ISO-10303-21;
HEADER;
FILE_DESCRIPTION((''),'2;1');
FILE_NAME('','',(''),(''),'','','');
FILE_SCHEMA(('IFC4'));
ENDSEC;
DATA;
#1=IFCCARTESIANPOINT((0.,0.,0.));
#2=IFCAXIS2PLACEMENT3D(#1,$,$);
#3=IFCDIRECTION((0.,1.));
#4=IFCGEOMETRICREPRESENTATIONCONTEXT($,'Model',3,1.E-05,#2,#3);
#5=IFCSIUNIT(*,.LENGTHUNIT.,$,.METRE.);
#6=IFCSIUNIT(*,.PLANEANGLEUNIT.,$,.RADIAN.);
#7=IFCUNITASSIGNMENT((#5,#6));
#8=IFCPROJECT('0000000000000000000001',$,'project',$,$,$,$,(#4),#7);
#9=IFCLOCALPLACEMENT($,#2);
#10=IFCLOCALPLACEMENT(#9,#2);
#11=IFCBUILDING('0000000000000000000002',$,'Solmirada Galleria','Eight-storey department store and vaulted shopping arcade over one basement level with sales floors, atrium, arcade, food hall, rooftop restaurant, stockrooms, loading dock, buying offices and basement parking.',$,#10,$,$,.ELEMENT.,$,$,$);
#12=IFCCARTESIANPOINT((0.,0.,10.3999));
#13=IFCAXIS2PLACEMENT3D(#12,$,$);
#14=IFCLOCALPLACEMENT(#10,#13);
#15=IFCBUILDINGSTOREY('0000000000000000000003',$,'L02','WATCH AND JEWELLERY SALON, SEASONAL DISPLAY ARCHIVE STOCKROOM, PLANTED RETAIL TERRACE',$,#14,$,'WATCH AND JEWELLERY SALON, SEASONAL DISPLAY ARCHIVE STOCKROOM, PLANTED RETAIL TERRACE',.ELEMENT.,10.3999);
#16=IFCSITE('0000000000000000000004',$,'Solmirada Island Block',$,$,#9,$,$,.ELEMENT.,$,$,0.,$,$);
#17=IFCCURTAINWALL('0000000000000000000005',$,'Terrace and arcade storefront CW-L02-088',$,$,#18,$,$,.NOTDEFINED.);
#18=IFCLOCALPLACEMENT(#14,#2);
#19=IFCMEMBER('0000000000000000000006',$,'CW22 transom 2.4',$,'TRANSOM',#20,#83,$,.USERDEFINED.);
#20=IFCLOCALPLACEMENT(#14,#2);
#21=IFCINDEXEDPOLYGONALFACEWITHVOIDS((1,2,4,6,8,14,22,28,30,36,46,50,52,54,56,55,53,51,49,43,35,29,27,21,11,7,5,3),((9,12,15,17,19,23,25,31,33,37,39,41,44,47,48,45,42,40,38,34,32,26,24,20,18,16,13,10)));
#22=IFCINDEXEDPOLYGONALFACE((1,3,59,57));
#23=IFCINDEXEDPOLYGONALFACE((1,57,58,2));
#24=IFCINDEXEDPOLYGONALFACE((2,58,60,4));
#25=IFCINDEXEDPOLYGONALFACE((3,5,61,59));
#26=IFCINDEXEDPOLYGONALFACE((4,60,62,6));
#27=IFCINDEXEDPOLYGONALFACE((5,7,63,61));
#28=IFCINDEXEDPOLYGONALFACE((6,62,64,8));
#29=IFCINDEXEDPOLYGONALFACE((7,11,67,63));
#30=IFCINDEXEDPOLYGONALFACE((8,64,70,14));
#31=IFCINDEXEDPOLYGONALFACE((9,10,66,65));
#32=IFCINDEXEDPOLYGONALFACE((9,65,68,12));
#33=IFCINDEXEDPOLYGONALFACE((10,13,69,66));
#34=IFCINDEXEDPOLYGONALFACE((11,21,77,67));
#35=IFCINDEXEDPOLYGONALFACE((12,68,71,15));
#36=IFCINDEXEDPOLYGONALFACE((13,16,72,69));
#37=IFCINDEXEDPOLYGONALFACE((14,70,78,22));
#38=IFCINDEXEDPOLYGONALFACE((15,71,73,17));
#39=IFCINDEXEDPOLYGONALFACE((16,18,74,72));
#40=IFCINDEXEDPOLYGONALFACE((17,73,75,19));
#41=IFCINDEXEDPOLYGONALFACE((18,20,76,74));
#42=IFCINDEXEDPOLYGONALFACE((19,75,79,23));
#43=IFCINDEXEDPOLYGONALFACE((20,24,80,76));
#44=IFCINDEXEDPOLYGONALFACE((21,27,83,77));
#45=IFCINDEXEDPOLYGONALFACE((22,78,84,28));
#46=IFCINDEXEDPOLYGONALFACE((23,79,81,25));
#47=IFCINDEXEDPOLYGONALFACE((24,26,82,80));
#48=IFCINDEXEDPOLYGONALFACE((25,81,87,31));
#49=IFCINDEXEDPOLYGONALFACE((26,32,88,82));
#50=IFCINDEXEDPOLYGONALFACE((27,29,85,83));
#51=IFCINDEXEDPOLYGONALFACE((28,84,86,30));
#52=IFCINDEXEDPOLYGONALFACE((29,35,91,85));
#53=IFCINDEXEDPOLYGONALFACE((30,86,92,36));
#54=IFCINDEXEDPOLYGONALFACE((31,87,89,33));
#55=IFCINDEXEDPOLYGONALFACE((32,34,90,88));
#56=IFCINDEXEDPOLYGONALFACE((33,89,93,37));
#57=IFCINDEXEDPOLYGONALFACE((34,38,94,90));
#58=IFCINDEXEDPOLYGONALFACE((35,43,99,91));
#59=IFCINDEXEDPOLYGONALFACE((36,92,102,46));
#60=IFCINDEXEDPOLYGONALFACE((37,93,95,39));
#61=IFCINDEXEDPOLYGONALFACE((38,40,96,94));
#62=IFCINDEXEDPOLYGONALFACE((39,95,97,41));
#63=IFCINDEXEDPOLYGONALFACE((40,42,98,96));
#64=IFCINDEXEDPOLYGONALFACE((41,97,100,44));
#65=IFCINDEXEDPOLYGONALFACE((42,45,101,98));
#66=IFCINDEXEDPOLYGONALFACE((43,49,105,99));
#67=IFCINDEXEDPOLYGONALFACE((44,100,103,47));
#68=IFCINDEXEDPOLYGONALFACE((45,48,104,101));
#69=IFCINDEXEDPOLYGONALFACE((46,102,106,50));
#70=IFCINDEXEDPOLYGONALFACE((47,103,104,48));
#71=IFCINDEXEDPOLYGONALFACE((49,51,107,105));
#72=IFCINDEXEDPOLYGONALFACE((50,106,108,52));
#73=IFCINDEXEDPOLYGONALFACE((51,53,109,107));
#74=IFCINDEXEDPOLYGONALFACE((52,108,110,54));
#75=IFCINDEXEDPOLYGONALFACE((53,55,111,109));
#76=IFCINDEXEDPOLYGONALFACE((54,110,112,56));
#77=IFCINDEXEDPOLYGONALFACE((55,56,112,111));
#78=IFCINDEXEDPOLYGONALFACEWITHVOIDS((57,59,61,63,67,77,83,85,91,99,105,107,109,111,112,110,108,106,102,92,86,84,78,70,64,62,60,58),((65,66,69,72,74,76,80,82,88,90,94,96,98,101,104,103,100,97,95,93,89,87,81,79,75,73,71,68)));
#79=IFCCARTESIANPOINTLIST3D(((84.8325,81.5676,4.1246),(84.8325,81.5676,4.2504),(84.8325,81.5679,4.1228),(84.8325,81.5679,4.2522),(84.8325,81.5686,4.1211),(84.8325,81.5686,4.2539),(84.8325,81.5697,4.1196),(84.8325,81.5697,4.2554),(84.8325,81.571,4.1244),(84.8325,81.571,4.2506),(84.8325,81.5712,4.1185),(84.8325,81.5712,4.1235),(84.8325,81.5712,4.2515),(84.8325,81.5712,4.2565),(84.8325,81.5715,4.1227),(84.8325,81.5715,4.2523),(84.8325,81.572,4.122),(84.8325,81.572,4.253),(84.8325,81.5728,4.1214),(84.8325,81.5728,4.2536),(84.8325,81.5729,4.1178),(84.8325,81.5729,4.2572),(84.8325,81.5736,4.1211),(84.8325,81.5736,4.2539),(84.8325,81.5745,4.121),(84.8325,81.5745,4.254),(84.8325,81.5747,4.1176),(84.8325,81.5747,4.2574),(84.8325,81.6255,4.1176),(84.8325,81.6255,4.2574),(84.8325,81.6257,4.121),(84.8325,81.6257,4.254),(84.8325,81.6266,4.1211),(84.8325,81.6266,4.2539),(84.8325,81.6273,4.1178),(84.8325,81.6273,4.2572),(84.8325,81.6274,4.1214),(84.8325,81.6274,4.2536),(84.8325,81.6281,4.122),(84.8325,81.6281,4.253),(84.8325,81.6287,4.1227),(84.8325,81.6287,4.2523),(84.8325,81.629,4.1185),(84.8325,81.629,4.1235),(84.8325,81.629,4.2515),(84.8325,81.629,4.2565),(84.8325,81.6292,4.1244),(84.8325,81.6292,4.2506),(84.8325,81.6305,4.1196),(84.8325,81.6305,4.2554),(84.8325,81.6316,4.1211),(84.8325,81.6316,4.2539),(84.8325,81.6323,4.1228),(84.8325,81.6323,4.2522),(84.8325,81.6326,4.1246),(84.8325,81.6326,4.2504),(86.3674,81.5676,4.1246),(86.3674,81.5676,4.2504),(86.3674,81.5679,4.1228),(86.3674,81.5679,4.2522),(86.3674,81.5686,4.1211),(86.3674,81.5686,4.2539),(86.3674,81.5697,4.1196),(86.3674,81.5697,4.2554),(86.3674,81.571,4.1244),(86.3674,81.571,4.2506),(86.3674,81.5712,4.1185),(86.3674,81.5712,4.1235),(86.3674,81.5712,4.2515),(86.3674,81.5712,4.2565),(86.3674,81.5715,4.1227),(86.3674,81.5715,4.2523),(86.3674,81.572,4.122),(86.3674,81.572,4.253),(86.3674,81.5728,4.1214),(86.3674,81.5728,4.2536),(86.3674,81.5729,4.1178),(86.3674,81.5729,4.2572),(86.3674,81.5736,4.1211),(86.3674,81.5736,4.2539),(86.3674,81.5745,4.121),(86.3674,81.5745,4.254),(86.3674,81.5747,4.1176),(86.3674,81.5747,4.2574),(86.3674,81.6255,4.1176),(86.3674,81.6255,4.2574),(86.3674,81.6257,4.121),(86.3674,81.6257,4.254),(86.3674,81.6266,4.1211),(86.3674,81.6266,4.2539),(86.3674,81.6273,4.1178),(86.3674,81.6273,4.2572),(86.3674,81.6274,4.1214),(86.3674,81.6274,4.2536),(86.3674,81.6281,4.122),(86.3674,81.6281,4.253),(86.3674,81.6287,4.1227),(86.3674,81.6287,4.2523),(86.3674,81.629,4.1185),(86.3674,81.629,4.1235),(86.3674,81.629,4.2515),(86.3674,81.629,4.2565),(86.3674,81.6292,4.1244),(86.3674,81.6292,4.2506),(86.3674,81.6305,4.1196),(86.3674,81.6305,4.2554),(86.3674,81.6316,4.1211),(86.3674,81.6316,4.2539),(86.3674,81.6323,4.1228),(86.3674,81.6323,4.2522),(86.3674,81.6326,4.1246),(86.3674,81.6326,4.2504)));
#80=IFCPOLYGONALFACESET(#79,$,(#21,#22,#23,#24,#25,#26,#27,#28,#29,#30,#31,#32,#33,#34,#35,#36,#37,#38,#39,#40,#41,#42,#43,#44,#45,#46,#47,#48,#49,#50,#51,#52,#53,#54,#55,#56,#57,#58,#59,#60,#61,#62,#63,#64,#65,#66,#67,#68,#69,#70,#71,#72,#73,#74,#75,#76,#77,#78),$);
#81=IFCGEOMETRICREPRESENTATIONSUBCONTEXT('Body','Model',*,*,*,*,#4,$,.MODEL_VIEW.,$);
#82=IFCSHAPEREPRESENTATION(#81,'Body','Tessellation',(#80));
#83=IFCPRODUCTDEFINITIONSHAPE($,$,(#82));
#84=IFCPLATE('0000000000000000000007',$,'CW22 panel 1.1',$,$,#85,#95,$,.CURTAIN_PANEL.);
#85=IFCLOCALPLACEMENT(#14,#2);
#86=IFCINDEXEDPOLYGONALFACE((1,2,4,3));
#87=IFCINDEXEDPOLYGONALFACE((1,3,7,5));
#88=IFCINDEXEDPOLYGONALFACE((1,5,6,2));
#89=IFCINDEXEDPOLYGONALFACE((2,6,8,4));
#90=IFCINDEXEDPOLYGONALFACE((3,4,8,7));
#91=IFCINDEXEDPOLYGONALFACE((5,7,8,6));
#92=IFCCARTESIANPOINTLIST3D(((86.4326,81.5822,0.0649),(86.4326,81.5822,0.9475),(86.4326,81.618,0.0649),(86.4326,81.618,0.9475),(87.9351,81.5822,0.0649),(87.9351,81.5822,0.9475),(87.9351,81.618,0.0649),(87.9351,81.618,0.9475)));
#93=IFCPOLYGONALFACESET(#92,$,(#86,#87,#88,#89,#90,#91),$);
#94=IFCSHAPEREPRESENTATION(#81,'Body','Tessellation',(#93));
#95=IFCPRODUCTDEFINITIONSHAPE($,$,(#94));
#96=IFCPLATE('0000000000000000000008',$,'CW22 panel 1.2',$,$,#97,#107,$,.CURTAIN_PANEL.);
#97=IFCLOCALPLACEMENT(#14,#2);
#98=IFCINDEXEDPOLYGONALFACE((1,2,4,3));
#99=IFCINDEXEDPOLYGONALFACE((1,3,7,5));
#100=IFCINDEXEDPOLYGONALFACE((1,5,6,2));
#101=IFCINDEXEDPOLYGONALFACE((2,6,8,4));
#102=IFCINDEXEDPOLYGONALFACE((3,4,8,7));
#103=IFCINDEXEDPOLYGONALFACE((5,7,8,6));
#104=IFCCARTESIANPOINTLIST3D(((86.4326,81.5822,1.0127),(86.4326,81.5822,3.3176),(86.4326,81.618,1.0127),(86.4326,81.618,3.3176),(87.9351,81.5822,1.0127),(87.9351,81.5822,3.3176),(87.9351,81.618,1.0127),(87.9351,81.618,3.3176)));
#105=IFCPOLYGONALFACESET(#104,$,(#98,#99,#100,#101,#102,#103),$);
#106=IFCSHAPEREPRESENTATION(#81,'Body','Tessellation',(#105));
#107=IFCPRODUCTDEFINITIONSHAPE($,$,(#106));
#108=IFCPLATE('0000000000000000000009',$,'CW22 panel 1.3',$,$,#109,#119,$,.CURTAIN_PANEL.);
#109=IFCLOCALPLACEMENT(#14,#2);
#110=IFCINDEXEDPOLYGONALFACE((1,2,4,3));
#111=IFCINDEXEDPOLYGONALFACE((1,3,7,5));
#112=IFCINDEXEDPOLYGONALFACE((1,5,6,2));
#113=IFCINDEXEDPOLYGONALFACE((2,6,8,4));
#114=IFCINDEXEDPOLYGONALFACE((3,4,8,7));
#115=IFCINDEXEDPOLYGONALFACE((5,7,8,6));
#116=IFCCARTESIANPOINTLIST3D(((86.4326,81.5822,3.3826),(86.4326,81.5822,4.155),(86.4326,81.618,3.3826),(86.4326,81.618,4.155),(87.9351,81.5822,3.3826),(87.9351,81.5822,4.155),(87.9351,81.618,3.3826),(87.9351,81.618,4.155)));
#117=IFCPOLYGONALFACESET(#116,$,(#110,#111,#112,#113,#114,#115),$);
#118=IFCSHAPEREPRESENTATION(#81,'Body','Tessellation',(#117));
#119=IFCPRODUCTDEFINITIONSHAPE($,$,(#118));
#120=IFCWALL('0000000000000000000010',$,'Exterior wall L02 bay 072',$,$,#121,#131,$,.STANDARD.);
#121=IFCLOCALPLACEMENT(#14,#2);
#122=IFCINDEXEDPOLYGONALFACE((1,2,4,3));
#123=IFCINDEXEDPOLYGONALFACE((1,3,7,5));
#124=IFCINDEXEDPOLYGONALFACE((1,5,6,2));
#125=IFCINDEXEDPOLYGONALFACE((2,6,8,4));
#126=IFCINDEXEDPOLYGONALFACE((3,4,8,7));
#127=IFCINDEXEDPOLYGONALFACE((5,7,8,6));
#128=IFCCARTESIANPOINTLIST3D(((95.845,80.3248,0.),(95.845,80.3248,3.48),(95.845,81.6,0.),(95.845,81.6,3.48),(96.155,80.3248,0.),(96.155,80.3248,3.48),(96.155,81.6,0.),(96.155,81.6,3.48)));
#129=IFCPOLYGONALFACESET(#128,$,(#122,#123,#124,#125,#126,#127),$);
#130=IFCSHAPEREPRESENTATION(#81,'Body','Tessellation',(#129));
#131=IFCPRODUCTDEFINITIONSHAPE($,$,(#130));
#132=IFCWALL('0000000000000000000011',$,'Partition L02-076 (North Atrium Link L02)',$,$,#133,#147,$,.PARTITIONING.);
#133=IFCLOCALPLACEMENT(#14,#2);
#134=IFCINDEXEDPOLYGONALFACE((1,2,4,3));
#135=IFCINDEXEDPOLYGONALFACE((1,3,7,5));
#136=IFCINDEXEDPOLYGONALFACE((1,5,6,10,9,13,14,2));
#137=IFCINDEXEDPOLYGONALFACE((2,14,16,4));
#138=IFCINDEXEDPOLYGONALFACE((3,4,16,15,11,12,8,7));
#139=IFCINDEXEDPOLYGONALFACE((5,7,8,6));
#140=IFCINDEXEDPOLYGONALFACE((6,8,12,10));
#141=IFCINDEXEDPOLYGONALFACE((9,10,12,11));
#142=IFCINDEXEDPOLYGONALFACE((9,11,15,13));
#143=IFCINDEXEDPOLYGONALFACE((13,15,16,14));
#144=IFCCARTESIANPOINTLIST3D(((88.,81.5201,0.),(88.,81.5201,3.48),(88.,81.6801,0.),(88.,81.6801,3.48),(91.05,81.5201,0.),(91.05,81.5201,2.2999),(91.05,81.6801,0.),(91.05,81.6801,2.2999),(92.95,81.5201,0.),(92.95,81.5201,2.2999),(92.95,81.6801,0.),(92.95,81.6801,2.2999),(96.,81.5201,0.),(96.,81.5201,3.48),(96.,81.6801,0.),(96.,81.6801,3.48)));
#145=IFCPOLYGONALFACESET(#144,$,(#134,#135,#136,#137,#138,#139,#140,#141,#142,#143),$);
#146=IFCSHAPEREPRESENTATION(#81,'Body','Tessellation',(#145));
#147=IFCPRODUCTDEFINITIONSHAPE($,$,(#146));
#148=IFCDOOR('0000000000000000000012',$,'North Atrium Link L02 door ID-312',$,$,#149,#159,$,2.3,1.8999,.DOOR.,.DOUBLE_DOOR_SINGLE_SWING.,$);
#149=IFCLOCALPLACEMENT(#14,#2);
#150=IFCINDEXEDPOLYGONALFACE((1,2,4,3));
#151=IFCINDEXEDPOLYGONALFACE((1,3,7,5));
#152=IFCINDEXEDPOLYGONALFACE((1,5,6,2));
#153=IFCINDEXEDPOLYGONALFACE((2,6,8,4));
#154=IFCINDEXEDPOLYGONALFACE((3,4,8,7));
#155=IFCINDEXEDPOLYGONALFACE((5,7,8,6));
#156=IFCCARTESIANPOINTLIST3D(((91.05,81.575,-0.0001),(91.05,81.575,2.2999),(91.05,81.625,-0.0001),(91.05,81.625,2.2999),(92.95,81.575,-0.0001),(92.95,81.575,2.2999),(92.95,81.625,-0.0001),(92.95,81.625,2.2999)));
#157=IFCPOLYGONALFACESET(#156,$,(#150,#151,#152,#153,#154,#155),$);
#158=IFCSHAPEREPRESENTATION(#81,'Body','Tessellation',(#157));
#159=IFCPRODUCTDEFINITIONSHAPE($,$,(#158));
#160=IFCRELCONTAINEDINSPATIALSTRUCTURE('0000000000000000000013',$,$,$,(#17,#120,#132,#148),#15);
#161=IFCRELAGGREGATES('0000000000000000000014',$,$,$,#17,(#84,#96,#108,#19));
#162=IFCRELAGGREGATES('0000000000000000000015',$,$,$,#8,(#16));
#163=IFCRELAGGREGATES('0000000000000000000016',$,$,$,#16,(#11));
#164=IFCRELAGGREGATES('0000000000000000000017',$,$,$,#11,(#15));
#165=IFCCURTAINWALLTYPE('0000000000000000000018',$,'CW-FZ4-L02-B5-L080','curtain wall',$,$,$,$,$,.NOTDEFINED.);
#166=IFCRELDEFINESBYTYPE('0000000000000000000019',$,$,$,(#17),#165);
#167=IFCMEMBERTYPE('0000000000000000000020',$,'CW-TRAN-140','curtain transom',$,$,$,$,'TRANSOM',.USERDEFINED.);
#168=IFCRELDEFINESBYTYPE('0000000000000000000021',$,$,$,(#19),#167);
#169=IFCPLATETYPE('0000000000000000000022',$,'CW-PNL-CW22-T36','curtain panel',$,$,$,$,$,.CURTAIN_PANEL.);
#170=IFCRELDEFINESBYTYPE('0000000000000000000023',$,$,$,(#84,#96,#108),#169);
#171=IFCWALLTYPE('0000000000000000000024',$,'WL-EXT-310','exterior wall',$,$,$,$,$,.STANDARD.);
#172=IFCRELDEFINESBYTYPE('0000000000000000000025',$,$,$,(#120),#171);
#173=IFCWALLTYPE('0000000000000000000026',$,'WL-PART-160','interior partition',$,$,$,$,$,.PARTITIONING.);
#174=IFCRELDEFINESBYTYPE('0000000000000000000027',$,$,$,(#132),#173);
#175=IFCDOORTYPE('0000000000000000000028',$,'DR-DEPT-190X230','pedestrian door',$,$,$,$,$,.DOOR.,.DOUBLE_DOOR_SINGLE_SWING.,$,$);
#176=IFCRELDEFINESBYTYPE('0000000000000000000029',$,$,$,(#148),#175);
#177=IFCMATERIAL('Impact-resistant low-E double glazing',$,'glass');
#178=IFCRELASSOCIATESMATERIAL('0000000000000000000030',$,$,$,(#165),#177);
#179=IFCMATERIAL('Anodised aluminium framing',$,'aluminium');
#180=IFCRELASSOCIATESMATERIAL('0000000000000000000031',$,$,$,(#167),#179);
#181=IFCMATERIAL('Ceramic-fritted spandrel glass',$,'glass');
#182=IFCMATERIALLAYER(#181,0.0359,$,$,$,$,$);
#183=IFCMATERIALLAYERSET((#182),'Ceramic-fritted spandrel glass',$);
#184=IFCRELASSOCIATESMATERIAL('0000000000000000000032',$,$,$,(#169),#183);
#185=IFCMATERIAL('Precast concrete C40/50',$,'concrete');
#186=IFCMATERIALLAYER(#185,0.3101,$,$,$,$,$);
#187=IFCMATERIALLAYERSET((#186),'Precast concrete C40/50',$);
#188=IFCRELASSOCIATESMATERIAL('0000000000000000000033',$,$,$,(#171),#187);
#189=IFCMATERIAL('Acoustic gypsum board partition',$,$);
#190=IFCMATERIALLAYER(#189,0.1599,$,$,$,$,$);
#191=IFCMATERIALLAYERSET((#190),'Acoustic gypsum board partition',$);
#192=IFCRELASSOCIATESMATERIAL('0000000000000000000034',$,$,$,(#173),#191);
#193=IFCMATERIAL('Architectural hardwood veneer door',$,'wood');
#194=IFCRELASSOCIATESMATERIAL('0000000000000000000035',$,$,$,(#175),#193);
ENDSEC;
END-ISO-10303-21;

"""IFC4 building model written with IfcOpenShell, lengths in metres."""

from ifc_helpers import new_model, si_unit, direction, frame, frame_2d, origin, origin_2d, place, context, subcontext, project, spatial, rectangle, hollow_rectangle, extrude, material, layer, layer_set, material_profile, profile_set, type_object, element, fill, aggregate, save


model = new_model("IFC4")

# Units and contexts
model_context = context("Model", 3, precision=1e-05, world=origin(), true_north=direction((0.0, 1.0)))
body_context = subcontext(model_context, "Body", "Model", "MODEL_VIEW")
ifc_project = project(units=[si_unit("LENGTHUNIT", "METRE"), si_unit("PLANEANGLEUNIT", "RADIAN")], contexts=[model_context])

# Site, building, storey
site_placement = place(None, origin())
site = spatial("IfcSite", under=ifc_project, at=site_placement, Name="Solmirada Island Block", CompositionType="ELEMENT", RefElevation=0.0)
building_placement = place(site_placement, origin())
building = spatial("IfcBuilding", under=site, at=building_placement, Name="Solmirada Galleria", Description="Eight-storey department store and vaulted shopping arcade over one basement level with sales floors, atrium, arcade, food hall, rooftop restaurant, stockrooms, loading dock, buying offices and basement parking.", CompositionType="ELEMENT")
storey_placement = place(building_placement, frame((0.0, 0.0, 10.3999)))
storey = spatial("IfcBuildingStorey", under=building, at=storey_placement, Name="L02", Description="WATCH AND JEWELLERY SALON, SEASONAL DISPLAY ARCHIVE STOCKROOM, PLANTED RETAIL TERRACE", LongName="WATCH AND JEWELLERY SALON, SEASONAL DISPLAY ARCHIVE STOCKROOM, PLANTED RETAIL TERRACE", CompositionType="ELEMENT", Elevation=10.3999)

# Curtain wall, member, plates
ifc_material_1 = material(Name="Impact-resistant low-E double glazing", Category="glass")
curtain_wall_type = type_object("IfcCurtainWallType", Name="CW-FZ4-L02-B5-L080", Description="curtain wall", PredefinedType="NOTDEFINED", material=ifc_material_1)
curtain_wall_placement = place(storey_placement, origin())
curtain_wall = element("IfcCurtainWall", 1, at=curtain_wall_placement, inside=storey, type_object=curtain_wall_type, Name="Terrace and arcade storefront CW-L02-088", PredefinedType="NOTDEFINED")
ifc_material_2 = material(Name="Anodised aluminium framing", Category="aluminium")
ifc_material_profile_1 = material_profile(ifc_material_2, hollow_rectangle(XDim=0.0649, YDim=0.1399, WallThickness=0.0034, InnerFilletRadius=0.0034, OuterFilletRadius=0.0071, at=origin_2d()), Name="ALU-TRAN-140X65")
ifc_profile_set_1 = profile_set([ifc_material_profile_1], Name="Anodised aluminium framing")
member_type_1 = type_object("IfcMemberType", Name="CW-TRAN-140", Description="curtain transom", ElementType="TRANSOM", PredefinedType="USERDEFINED", material=ifc_profile_set_1)
member_1_placement = place(storey_placement, frame((86.3674, 81.6001, 4.1875), z_axis=(-1.0, 0.0, 0.0), x_axis=(0.0, -1.0, 0.0)))
member_1 = element("IfcMember", 2, at=member_1_placement, type_object=member_type_1, Name="CW22 transom 2.4", ObjectType="TRANSOM", PredefinedType="USERDEFINED", context=body_context, shape_type="SweptSolid", body=[
    extrude(hollow_rectangle(XDim=0.0649, YDim=0.1399, WallThickness=0.0034, InnerFilletRadius=0.0034, OuterFilletRadius=0.0071, at=origin_2d()), origin(), (0.0, 0.0, 1.0), 1.5349),
])
ifc_material_3 = material(Name="Ceramic-fritted spandrel glass", Category="glass")
ifc_layer_1 = layer(ifc_material_3, 0.0359)
ifc_layer_set_1 = layer_set([ifc_layer_1], Name="Ceramic-fritted spandrel glass")
plate_type = type_object("IfcPlateType", Name="CW-PNL-CW22-T36", Description="curtain panel", PredefinedType="CURTAIN_PANEL", material=ifc_layer_set_1)
plate_1_placement = place(storey_placement, frame((87.1838, 81.6001, 0.0649), z_axis=(0.0, 0.0, 1.0), x_axis=(-1.0, 0.0, 0.0)))
plate_1 = element("IfcPlate", 3, at=plate_1_placement, type_object=plate_type, Name="CW22 panel 1.1", PredefinedType="CURTAIN_PANEL", context=body_context, shape_type="SweptSolid", body=[
    extrude(rectangle(XDim=1.5024, YDim=0.0359, at=origin_2d()), origin(), (0.0, 0.0, 1.0), 0.8826),
])
plate_2_placement = place(storey_placement, frame((87.1838, 81.6001, 1.0127), z_axis=(0.0, 0.0, 1.0), x_axis=(-1.0, 0.0, 0.0)))
plate_2 = element("IfcPlate", 4, at=plate_2_placement, type_object=plate_type, Name="CW22 panel 1.2", PredefinedType="CURTAIN_PANEL", context=body_context, shape_type="SweptSolid", body=[
    extrude(rectangle(XDim=1.5024, YDim=0.0359, at=origin_2d()), origin(), (0.0, 0.0, 1.0), 2.3049),
])
plate_3_placement = place(storey_placement, frame((87.1838, 81.6001, 3.3826), z_axis=(0.0, 0.0, 1.0), x_axis=(-1.0, 0.0, 0.0)))
plate_3 = element("IfcPlate", 5, at=plate_3_placement, type_object=plate_type, Name="CW22 panel 1.3", PredefinedType="CURTAIN_PANEL", context=body_context, shape_type="SweptSolid", body=[
    extrude(rectangle(XDim=1.5024, YDim=0.0359, at=origin_2d()), origin(), (0.0, 0.0, 1.0), 0.7725),
])
aggregate(curtain_wall, [plate_1, plate_2, plate_3, member_1])

# Wall
ifc_material_4 = material(Name="Precast concrete C40/50", Category="concrete")
ifc_layer_2 = layer(ifc_material_4, 0.3101)
ifc_layer_set_2 = layer_set([ifc_layer_2], Name="Precast concrete C40/50")
wall_type_1 = type_object("IfcWallType", Name="WL-EXT-310", Description="exterior wall", PredefinedType="STANDARD", material=ifc_layer_set_2)
wall_1_placement = place(storey_placement, frame((96.0, 81.6001, 0.0), z_axis=(0.0, 0.0, 1.0), x_axis=(0.0, -1.0, 0.0)))
element("IfcWall", 6, at=wall_1_placement, inside=storey, type_object=wall_type_1, Name="Exterior wall L02 bay 072", PredefinedType="STANDARD", context=body_context, shape_type="SweptSolid", body=[
    extrude(rectangle(XDim=1.2751, YDim=0.3101, at=frame_2d((0.6377, 0.0))), origin(), (0.0, 0.0, 1.0), 3.48),
])

# Wall, opening, door
ifc_material_5 = material(Name="Acoustic gypsum board partition")
ifc_layer_3 = layer(ifc_material_5, 0.1599)
ifc_layer_set_3 = layer_set([ifc_layer_3], Name="Acoustic gypsum board partition")
wall_type_2 = type_object("IfcWallType", Name="WL-PART-160", Description="interior partition", PredefinedType="PARTITIONING", material=ifc_layer_set_3)
wall_2_placement = place(storey_placement, frame((88.0, 81.6001, 0.0), z_axis=(0.0, 0.0, 1.0), x_axis=(1.0, 0.0, 0.0)))
wall_2 = element("IfcWall", 7, at=wall_2_placement, inside=storey, type_object=wall_type_2, Name="Partition L02-076 (North Atrium Link L02)", PredefinedType="PARTITIONING", context=body_context, shape_type="SweptSolid", body=[
    extrude(rectangle(XDim=8.0, YDim=0.1599, at=frame_2d((4.0, 0.0))), origin(), (0.0, 0.0, 1.0), 3.48),
])
opening_placement = place(wall_2_placement, frame((3.05, 0.0, 0.0)))
opening = element("IfcOpeningElement", 8, at=opening_placement, cuts=wall_2, PredefinedType="OPENING", context=body_context, shape_type="SweptSolid", body=[
    extrude(rectangle(XDim=1.8999, YDim=2.3, at=frame_2d((0.95, 1.1499))), frame((0.0, 0.0898, 0.0), z_axis=(0.0, -1.0, 0.0), x_axis=(1.0, 0.0, 0.0)), (0.0, 0.0, 1.0), 0.1799),
])
ifc_material_6 = material(Name="Architectural hardwood veneer door", Category="wood")
door_type = type_object("IfcDoorType", Name="DR-DEPT-190X230", Description="pedestrian door", OperationType="DOUBLE_DOOR_SINGLE_SWING", PredefinedType="DOOR", material=ifc_material_6)
door_placement = place(opening_placement, origin())
door = element("IfcDoor", 9, at=door_placement, inside=storey, type_object=door_type, Name="North Atrium Link L02 door ID-312", OperationType="DOUBLE_DOOR_SINGLE_SWING", OverallHeight=2.3, OverallWidth=1.8999, PredefinedType="DOOR", context=body_context, shape_type="SweptSolid", body=[
    extrude(rectangle(XDim=1.8999, YDim=2.3, at=frame_2d((0.95, 1.1499))), frame((0.0, 0.0249, 0.0), z_axis=(0.0, -1.0, 0.0), x_axis=(1.0, 0.0, 0.0)), (0.0, 0.0, 1.0), 0.05),
])
fill(opening, door)

save(model, "model.ifc")
